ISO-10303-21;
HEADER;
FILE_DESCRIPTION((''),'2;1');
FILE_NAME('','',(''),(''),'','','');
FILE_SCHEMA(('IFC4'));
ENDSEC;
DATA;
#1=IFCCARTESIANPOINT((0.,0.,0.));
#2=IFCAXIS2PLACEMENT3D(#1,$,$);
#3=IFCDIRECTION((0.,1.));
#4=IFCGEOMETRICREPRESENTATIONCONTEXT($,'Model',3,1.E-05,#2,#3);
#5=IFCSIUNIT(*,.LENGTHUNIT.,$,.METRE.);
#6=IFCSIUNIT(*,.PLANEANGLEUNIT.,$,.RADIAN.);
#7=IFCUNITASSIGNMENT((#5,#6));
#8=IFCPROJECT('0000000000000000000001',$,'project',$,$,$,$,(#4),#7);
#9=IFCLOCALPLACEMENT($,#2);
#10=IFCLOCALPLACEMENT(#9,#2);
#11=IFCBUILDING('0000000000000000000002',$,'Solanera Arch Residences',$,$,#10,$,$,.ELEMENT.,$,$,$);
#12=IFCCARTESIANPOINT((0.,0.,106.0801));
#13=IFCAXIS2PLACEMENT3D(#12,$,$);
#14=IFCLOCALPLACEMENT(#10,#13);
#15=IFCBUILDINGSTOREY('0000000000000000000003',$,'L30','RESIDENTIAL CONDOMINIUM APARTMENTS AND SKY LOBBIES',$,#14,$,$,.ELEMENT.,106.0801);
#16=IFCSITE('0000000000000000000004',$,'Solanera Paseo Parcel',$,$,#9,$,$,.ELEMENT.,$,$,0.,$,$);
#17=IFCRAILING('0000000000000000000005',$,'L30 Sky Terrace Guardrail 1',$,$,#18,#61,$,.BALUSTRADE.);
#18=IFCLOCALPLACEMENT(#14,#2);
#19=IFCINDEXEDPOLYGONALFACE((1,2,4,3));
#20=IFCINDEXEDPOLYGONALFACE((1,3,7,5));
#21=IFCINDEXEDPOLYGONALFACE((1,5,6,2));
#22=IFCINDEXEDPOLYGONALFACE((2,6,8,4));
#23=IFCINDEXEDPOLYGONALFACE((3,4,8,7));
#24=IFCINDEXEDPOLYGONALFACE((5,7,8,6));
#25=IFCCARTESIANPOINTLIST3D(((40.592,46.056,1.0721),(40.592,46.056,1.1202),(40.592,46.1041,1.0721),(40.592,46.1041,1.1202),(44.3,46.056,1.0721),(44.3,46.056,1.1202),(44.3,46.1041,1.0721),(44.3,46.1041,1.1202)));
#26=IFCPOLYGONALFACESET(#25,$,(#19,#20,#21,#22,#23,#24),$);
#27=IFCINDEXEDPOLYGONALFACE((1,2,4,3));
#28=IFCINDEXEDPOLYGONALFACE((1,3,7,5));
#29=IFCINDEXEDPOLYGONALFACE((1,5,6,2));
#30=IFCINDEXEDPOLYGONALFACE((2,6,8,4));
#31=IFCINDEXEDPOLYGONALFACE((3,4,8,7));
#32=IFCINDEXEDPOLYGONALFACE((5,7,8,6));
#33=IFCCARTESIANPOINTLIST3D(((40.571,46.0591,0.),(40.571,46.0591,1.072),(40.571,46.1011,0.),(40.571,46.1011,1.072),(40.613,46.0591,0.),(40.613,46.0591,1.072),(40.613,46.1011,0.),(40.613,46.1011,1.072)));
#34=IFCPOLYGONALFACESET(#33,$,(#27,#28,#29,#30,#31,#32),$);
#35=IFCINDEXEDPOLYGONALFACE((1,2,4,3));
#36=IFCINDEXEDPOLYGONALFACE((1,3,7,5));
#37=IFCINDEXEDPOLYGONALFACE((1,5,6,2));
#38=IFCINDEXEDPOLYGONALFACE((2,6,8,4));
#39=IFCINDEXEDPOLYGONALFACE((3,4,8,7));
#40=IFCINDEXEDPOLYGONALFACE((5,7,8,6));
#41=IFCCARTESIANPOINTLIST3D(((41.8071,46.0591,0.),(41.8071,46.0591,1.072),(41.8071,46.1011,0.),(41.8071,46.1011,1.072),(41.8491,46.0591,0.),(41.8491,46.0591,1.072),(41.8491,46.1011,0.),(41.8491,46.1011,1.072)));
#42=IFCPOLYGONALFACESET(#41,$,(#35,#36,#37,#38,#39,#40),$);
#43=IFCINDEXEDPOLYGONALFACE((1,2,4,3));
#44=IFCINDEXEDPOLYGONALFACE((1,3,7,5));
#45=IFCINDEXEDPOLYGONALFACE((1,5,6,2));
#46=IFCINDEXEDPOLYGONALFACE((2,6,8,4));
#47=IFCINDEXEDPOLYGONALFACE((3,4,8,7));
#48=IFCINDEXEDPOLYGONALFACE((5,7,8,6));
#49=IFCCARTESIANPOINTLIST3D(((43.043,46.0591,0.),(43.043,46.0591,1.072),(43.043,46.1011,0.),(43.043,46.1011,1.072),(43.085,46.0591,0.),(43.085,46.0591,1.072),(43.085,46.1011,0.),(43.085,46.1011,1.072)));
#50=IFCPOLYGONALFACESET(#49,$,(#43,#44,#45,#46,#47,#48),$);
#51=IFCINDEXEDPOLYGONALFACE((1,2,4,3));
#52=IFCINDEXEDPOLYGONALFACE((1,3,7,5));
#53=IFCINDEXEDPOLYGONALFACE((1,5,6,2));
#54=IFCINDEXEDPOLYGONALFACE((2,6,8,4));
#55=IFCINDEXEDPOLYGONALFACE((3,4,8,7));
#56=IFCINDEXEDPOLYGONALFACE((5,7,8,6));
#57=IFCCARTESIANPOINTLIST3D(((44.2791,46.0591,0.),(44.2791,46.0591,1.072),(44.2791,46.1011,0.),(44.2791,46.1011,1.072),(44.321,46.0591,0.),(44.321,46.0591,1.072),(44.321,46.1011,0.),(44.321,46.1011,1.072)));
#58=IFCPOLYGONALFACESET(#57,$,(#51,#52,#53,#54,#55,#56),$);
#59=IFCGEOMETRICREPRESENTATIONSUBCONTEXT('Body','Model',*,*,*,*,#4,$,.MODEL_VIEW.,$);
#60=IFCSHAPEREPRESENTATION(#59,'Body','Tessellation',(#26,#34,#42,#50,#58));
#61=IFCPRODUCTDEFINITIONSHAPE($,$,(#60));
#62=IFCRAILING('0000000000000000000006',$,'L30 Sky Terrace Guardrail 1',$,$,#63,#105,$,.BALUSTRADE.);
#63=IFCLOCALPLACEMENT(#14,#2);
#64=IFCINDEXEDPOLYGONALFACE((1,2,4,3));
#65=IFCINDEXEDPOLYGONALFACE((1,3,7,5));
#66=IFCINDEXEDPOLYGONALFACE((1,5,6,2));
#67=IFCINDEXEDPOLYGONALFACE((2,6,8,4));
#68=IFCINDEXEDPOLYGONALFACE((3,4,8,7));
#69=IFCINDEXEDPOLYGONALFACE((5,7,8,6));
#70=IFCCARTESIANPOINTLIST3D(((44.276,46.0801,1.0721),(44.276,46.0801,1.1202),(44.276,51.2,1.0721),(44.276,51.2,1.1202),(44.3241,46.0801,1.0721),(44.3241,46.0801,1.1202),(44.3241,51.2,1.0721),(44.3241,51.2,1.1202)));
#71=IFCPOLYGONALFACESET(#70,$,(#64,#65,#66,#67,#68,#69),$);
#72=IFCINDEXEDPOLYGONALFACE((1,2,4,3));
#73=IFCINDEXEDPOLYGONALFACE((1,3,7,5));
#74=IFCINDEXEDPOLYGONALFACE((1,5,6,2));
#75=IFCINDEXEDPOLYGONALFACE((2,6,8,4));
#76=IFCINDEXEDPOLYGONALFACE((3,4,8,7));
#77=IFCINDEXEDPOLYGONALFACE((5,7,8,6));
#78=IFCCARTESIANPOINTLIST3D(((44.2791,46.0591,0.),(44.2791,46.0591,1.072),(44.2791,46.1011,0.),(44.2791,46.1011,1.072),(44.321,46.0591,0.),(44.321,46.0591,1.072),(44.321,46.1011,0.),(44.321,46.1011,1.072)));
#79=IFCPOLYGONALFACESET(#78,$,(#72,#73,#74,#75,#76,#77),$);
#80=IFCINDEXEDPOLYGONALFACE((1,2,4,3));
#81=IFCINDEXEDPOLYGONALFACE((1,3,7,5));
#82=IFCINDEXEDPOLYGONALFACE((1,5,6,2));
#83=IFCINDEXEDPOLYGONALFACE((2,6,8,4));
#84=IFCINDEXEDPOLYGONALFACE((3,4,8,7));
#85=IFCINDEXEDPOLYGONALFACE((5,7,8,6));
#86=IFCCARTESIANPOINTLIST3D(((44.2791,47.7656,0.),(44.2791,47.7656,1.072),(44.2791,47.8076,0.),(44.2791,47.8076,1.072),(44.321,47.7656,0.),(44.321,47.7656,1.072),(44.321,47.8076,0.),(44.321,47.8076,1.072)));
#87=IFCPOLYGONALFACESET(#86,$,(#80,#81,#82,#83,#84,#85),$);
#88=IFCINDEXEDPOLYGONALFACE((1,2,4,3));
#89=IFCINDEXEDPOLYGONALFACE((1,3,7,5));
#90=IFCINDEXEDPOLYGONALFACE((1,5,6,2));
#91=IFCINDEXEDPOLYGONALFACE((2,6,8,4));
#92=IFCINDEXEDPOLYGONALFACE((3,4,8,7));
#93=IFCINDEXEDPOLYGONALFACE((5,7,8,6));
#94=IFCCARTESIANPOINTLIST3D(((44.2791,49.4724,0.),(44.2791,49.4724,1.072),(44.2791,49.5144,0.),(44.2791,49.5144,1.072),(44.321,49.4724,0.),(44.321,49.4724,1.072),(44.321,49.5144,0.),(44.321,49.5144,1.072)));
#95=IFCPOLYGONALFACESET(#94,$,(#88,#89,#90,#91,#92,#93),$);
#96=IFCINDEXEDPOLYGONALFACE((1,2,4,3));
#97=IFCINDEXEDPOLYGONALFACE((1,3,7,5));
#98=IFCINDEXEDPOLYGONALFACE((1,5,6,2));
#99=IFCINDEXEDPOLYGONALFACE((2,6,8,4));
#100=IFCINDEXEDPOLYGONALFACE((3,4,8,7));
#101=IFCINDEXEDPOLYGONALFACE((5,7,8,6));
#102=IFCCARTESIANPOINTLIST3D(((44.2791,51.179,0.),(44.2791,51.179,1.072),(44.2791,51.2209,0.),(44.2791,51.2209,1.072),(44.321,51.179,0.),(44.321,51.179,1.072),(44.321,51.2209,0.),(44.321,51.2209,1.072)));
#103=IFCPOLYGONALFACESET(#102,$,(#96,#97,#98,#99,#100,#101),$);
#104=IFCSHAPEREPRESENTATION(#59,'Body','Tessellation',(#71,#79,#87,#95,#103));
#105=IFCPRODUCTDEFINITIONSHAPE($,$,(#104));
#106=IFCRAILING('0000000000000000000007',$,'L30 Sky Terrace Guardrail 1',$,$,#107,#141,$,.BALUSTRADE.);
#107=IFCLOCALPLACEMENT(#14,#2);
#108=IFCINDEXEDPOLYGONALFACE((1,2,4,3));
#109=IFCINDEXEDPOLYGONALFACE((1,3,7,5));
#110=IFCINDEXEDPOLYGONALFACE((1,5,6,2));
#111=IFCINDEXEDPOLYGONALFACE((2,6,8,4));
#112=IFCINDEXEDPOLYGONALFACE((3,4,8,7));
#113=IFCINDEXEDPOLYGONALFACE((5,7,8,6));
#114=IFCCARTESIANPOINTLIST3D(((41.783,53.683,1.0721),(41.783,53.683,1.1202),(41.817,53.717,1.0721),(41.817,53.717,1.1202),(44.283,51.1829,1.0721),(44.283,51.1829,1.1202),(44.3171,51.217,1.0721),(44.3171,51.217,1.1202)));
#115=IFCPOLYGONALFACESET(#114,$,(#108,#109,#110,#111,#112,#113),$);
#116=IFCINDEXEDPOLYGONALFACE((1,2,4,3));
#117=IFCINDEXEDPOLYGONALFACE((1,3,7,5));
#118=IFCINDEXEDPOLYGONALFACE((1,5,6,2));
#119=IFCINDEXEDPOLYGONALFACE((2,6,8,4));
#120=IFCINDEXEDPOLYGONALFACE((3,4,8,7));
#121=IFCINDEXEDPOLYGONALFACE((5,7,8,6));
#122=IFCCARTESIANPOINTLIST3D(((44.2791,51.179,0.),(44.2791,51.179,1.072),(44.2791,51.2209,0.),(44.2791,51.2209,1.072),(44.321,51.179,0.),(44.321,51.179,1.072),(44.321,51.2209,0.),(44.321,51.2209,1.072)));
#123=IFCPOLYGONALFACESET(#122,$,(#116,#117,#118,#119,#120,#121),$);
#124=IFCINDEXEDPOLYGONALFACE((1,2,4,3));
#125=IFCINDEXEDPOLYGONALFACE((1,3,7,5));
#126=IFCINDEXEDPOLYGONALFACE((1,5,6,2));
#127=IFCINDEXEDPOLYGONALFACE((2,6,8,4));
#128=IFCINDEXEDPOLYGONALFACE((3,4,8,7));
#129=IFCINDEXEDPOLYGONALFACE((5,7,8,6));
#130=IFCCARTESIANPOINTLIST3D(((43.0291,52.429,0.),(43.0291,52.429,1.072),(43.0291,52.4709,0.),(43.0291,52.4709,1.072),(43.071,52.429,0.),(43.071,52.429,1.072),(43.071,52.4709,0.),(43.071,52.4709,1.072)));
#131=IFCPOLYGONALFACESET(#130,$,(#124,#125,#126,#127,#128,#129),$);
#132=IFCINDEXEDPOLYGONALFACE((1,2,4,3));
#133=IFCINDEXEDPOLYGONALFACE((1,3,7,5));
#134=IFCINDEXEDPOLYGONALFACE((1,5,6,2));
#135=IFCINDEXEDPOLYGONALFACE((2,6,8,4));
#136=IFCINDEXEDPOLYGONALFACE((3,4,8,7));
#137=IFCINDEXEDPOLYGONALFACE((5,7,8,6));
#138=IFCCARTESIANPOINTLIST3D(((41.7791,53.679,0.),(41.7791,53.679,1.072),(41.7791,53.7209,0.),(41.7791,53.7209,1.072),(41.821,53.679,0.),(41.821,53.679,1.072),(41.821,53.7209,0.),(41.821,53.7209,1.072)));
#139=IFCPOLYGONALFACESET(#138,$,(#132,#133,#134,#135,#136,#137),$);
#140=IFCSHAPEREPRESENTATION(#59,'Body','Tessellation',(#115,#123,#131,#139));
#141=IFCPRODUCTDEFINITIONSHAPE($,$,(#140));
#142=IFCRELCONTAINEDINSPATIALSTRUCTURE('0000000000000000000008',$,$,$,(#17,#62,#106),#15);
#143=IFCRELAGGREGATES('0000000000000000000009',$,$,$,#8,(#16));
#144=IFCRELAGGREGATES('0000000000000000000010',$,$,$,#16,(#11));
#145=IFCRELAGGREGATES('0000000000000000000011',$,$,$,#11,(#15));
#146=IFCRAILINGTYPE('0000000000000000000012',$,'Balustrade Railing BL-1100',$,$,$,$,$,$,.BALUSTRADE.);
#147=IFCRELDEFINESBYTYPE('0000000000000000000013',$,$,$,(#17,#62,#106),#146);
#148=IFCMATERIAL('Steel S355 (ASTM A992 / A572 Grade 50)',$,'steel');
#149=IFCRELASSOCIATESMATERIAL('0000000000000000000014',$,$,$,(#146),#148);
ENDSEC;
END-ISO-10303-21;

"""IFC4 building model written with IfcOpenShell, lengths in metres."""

from ifc_helpers import new_model, si_unit, direction, frame, origin, origin_2d, place, context, subcontext, project, spatial, rectangle, extrude, material, type_object, element, save


model = new_model("IFC4")

# Units and contexts
model_context = context("Model", 3, precision=1e-05, world=origin(), true_north=direction((0.0, 1.0)))
body_context = subcontext(model_context, "Body", "Model", "MODEL_VIEW")
ifc_project = project(units=[si_unit("LENGTHUNIT", "METRE"), si_unit("PLANEANGLEUNIT", "RADIAN")], contexts=[model_context])

# Site, building, storey
site_placement = place(None, origin())
site = spatial("IfcSite", under=ifc_project, at=site_placement, Name="Solanera Paseo Parcel", CompositionType="ELEMENT", RefElevation=0.0)
building_placement = place(site_placement, origin())
building = spatial("IfcBuilding", under=site, at=building_placement, Name="Solanera Arch Residences", CompositionType="ELEMENT")
storey_placement = place(building_placement, frame((0.0, 0.0, 106.0801)))
storey = spatial("IfcBuildingStorey", under=building, at=storey_placement, Name="L30", Description="RESIDENTIAL CONDOMINIUM APARTMENTS AND SKY LOBBIES", CompositionType="ELEMENT", Elevation=106.0801)

# Railings
ifc_material_1 = material(Name="Steel S355 (ASTM A992 / A572 Grade 50)", Category="steel")
railing_type = type_object("IfcRailingType", Name="Balustrade Railing BL-1100", PredefinedType="BALUSTRADE", material=ifc_material_1)
railing_1_placement = place(storey_placement, frame((40.592, 46.0801, 0.0)))
element("IfcRailing", 1, at=railing_1_placement, inside=storey, type_object=railing_type, Name="L30 Sky Terrace Guardrail 1", PredefinedType="BALUSTRADE", context=body_context, shape_type="SweptSolid", body=[
    extrude(rectangle(XDim=0.0481, YDim=0.0481, at=origin_2d()), frame((0.0, 0.0, 1.0962), z_axis=(1.0, 0.0, 0.0), x_axis=(0.0, 1.0, 0.0)), (0.0, 0.0, 1.0), 3.708),
    extrude(rectangle(XDim=0.042, YDim=0.042, at=origin_2d()), origin(), (0.0, 0.0, 1.0), 1.072),
    extrude(rectangle(XDim=0.042, YDim=0.042, at=origin_2d()), frame((1.2361, 0.0, 0.0)), (0.0, 0.0, 1.0), 1.072),
    extrude(rectangle(XDim=0.042, YDim=0.042, at=origin_2d()), frame((2.4719, 0.0, 0.0)), (0.0, 0.0, 1.0), 1.072),
    extrude(rectangle(XDim=0.042, YDim=0.042, at=origin_2d()), frame((3.708, 0.0, 0.0)), (0.0, 0.0, 1.0), 1.072),
])
railing_2_placement = place(storey_placement, frame((44.3, 46.0801, 0.0)))
element("IfcRailing", 2, at=railing_2_placement, inside=storey, type_object=railing_type, Name="L30 Sky Terrace Guardrail 1", PredefinedType="BALUSTRADE", context=body_context, shape_type="SweptSolid", body=[
    extrude(rectangle(XDim=0.0481, YDim=0.0481, at=origin_2d()), frame((0.0, 0.0, 1.0962), z_axis=(0.0, 1.0, 0.0), x_axis=(-1.0, 0.0, 0.0)), (0.0, 0.0, 1.0), 5.1199),
    extrude(rectangle(XDim=0.042, YDim=0.042, at=origin_2d()), origin(), (0.0, 0.0, 1.0), 1.072),
    extrude(rectangle(XDim=0.042, YDim=0.042, at=origin_2d()), frame((0.0, 1.7065, 0.0)), (0.0, 0.0, 1.0), 1.072),
    extrude(rectangle(XDim=0.042, YDim=0.042, at=origin_2d()), frame((0.0, 3.4133, 0.0)), (0.0, 0.0, 1.0), 1.072),
    extrude(rectangle(XDim=0.042, YDim=0.042, at=origin_2d()), frame((0.0, 5.1199, 0.0)), (0.0, 0.0, 1.0), 1.072),
])
railing_3_placement = place(storey_placement, frame((44.3, 51.2, 0.0)))
element("IfcRailing", 3, at=railing_3_placement, inside=storey, type_object=railing_type, Name="L30 Sky Terrace Guardrail 1", PredefinedType="BALUSTRADE", context=body_context, shape_type="SweptSolid", body=[
    extrude(rectangle(XDim=0.0481, YDim=0.0481, at=origin_2d()), frame((0.0, 0.0, 1.0962), z_axis=(-0.707107, 0.707107, 0.0), x_axis=(-0.707107, -0.707107, 0.0)), (0.0, 0.0, 1.0), 3.5356),
    extrude(rectangle(XDim=0.042, YDim=0.042, at=origin_2d()), origin(), (0.0, 0.0, 1.0), 1.072),
    extrude(rectangle(XDim=0.042, YDim=0.042, at=origin_2d()), frame((-1.25, 1.25, 0.0)), (0.0, 0.0, 1.0), 1.072),
    extrude(rectangle(XDim=0.042, YDim=0.042, at=origin_2d()), frame((-2.5, 2.5, 0.0)), (0.0, 0.0, 1.0), 1.072),
])

save(model, "model.ifc")
